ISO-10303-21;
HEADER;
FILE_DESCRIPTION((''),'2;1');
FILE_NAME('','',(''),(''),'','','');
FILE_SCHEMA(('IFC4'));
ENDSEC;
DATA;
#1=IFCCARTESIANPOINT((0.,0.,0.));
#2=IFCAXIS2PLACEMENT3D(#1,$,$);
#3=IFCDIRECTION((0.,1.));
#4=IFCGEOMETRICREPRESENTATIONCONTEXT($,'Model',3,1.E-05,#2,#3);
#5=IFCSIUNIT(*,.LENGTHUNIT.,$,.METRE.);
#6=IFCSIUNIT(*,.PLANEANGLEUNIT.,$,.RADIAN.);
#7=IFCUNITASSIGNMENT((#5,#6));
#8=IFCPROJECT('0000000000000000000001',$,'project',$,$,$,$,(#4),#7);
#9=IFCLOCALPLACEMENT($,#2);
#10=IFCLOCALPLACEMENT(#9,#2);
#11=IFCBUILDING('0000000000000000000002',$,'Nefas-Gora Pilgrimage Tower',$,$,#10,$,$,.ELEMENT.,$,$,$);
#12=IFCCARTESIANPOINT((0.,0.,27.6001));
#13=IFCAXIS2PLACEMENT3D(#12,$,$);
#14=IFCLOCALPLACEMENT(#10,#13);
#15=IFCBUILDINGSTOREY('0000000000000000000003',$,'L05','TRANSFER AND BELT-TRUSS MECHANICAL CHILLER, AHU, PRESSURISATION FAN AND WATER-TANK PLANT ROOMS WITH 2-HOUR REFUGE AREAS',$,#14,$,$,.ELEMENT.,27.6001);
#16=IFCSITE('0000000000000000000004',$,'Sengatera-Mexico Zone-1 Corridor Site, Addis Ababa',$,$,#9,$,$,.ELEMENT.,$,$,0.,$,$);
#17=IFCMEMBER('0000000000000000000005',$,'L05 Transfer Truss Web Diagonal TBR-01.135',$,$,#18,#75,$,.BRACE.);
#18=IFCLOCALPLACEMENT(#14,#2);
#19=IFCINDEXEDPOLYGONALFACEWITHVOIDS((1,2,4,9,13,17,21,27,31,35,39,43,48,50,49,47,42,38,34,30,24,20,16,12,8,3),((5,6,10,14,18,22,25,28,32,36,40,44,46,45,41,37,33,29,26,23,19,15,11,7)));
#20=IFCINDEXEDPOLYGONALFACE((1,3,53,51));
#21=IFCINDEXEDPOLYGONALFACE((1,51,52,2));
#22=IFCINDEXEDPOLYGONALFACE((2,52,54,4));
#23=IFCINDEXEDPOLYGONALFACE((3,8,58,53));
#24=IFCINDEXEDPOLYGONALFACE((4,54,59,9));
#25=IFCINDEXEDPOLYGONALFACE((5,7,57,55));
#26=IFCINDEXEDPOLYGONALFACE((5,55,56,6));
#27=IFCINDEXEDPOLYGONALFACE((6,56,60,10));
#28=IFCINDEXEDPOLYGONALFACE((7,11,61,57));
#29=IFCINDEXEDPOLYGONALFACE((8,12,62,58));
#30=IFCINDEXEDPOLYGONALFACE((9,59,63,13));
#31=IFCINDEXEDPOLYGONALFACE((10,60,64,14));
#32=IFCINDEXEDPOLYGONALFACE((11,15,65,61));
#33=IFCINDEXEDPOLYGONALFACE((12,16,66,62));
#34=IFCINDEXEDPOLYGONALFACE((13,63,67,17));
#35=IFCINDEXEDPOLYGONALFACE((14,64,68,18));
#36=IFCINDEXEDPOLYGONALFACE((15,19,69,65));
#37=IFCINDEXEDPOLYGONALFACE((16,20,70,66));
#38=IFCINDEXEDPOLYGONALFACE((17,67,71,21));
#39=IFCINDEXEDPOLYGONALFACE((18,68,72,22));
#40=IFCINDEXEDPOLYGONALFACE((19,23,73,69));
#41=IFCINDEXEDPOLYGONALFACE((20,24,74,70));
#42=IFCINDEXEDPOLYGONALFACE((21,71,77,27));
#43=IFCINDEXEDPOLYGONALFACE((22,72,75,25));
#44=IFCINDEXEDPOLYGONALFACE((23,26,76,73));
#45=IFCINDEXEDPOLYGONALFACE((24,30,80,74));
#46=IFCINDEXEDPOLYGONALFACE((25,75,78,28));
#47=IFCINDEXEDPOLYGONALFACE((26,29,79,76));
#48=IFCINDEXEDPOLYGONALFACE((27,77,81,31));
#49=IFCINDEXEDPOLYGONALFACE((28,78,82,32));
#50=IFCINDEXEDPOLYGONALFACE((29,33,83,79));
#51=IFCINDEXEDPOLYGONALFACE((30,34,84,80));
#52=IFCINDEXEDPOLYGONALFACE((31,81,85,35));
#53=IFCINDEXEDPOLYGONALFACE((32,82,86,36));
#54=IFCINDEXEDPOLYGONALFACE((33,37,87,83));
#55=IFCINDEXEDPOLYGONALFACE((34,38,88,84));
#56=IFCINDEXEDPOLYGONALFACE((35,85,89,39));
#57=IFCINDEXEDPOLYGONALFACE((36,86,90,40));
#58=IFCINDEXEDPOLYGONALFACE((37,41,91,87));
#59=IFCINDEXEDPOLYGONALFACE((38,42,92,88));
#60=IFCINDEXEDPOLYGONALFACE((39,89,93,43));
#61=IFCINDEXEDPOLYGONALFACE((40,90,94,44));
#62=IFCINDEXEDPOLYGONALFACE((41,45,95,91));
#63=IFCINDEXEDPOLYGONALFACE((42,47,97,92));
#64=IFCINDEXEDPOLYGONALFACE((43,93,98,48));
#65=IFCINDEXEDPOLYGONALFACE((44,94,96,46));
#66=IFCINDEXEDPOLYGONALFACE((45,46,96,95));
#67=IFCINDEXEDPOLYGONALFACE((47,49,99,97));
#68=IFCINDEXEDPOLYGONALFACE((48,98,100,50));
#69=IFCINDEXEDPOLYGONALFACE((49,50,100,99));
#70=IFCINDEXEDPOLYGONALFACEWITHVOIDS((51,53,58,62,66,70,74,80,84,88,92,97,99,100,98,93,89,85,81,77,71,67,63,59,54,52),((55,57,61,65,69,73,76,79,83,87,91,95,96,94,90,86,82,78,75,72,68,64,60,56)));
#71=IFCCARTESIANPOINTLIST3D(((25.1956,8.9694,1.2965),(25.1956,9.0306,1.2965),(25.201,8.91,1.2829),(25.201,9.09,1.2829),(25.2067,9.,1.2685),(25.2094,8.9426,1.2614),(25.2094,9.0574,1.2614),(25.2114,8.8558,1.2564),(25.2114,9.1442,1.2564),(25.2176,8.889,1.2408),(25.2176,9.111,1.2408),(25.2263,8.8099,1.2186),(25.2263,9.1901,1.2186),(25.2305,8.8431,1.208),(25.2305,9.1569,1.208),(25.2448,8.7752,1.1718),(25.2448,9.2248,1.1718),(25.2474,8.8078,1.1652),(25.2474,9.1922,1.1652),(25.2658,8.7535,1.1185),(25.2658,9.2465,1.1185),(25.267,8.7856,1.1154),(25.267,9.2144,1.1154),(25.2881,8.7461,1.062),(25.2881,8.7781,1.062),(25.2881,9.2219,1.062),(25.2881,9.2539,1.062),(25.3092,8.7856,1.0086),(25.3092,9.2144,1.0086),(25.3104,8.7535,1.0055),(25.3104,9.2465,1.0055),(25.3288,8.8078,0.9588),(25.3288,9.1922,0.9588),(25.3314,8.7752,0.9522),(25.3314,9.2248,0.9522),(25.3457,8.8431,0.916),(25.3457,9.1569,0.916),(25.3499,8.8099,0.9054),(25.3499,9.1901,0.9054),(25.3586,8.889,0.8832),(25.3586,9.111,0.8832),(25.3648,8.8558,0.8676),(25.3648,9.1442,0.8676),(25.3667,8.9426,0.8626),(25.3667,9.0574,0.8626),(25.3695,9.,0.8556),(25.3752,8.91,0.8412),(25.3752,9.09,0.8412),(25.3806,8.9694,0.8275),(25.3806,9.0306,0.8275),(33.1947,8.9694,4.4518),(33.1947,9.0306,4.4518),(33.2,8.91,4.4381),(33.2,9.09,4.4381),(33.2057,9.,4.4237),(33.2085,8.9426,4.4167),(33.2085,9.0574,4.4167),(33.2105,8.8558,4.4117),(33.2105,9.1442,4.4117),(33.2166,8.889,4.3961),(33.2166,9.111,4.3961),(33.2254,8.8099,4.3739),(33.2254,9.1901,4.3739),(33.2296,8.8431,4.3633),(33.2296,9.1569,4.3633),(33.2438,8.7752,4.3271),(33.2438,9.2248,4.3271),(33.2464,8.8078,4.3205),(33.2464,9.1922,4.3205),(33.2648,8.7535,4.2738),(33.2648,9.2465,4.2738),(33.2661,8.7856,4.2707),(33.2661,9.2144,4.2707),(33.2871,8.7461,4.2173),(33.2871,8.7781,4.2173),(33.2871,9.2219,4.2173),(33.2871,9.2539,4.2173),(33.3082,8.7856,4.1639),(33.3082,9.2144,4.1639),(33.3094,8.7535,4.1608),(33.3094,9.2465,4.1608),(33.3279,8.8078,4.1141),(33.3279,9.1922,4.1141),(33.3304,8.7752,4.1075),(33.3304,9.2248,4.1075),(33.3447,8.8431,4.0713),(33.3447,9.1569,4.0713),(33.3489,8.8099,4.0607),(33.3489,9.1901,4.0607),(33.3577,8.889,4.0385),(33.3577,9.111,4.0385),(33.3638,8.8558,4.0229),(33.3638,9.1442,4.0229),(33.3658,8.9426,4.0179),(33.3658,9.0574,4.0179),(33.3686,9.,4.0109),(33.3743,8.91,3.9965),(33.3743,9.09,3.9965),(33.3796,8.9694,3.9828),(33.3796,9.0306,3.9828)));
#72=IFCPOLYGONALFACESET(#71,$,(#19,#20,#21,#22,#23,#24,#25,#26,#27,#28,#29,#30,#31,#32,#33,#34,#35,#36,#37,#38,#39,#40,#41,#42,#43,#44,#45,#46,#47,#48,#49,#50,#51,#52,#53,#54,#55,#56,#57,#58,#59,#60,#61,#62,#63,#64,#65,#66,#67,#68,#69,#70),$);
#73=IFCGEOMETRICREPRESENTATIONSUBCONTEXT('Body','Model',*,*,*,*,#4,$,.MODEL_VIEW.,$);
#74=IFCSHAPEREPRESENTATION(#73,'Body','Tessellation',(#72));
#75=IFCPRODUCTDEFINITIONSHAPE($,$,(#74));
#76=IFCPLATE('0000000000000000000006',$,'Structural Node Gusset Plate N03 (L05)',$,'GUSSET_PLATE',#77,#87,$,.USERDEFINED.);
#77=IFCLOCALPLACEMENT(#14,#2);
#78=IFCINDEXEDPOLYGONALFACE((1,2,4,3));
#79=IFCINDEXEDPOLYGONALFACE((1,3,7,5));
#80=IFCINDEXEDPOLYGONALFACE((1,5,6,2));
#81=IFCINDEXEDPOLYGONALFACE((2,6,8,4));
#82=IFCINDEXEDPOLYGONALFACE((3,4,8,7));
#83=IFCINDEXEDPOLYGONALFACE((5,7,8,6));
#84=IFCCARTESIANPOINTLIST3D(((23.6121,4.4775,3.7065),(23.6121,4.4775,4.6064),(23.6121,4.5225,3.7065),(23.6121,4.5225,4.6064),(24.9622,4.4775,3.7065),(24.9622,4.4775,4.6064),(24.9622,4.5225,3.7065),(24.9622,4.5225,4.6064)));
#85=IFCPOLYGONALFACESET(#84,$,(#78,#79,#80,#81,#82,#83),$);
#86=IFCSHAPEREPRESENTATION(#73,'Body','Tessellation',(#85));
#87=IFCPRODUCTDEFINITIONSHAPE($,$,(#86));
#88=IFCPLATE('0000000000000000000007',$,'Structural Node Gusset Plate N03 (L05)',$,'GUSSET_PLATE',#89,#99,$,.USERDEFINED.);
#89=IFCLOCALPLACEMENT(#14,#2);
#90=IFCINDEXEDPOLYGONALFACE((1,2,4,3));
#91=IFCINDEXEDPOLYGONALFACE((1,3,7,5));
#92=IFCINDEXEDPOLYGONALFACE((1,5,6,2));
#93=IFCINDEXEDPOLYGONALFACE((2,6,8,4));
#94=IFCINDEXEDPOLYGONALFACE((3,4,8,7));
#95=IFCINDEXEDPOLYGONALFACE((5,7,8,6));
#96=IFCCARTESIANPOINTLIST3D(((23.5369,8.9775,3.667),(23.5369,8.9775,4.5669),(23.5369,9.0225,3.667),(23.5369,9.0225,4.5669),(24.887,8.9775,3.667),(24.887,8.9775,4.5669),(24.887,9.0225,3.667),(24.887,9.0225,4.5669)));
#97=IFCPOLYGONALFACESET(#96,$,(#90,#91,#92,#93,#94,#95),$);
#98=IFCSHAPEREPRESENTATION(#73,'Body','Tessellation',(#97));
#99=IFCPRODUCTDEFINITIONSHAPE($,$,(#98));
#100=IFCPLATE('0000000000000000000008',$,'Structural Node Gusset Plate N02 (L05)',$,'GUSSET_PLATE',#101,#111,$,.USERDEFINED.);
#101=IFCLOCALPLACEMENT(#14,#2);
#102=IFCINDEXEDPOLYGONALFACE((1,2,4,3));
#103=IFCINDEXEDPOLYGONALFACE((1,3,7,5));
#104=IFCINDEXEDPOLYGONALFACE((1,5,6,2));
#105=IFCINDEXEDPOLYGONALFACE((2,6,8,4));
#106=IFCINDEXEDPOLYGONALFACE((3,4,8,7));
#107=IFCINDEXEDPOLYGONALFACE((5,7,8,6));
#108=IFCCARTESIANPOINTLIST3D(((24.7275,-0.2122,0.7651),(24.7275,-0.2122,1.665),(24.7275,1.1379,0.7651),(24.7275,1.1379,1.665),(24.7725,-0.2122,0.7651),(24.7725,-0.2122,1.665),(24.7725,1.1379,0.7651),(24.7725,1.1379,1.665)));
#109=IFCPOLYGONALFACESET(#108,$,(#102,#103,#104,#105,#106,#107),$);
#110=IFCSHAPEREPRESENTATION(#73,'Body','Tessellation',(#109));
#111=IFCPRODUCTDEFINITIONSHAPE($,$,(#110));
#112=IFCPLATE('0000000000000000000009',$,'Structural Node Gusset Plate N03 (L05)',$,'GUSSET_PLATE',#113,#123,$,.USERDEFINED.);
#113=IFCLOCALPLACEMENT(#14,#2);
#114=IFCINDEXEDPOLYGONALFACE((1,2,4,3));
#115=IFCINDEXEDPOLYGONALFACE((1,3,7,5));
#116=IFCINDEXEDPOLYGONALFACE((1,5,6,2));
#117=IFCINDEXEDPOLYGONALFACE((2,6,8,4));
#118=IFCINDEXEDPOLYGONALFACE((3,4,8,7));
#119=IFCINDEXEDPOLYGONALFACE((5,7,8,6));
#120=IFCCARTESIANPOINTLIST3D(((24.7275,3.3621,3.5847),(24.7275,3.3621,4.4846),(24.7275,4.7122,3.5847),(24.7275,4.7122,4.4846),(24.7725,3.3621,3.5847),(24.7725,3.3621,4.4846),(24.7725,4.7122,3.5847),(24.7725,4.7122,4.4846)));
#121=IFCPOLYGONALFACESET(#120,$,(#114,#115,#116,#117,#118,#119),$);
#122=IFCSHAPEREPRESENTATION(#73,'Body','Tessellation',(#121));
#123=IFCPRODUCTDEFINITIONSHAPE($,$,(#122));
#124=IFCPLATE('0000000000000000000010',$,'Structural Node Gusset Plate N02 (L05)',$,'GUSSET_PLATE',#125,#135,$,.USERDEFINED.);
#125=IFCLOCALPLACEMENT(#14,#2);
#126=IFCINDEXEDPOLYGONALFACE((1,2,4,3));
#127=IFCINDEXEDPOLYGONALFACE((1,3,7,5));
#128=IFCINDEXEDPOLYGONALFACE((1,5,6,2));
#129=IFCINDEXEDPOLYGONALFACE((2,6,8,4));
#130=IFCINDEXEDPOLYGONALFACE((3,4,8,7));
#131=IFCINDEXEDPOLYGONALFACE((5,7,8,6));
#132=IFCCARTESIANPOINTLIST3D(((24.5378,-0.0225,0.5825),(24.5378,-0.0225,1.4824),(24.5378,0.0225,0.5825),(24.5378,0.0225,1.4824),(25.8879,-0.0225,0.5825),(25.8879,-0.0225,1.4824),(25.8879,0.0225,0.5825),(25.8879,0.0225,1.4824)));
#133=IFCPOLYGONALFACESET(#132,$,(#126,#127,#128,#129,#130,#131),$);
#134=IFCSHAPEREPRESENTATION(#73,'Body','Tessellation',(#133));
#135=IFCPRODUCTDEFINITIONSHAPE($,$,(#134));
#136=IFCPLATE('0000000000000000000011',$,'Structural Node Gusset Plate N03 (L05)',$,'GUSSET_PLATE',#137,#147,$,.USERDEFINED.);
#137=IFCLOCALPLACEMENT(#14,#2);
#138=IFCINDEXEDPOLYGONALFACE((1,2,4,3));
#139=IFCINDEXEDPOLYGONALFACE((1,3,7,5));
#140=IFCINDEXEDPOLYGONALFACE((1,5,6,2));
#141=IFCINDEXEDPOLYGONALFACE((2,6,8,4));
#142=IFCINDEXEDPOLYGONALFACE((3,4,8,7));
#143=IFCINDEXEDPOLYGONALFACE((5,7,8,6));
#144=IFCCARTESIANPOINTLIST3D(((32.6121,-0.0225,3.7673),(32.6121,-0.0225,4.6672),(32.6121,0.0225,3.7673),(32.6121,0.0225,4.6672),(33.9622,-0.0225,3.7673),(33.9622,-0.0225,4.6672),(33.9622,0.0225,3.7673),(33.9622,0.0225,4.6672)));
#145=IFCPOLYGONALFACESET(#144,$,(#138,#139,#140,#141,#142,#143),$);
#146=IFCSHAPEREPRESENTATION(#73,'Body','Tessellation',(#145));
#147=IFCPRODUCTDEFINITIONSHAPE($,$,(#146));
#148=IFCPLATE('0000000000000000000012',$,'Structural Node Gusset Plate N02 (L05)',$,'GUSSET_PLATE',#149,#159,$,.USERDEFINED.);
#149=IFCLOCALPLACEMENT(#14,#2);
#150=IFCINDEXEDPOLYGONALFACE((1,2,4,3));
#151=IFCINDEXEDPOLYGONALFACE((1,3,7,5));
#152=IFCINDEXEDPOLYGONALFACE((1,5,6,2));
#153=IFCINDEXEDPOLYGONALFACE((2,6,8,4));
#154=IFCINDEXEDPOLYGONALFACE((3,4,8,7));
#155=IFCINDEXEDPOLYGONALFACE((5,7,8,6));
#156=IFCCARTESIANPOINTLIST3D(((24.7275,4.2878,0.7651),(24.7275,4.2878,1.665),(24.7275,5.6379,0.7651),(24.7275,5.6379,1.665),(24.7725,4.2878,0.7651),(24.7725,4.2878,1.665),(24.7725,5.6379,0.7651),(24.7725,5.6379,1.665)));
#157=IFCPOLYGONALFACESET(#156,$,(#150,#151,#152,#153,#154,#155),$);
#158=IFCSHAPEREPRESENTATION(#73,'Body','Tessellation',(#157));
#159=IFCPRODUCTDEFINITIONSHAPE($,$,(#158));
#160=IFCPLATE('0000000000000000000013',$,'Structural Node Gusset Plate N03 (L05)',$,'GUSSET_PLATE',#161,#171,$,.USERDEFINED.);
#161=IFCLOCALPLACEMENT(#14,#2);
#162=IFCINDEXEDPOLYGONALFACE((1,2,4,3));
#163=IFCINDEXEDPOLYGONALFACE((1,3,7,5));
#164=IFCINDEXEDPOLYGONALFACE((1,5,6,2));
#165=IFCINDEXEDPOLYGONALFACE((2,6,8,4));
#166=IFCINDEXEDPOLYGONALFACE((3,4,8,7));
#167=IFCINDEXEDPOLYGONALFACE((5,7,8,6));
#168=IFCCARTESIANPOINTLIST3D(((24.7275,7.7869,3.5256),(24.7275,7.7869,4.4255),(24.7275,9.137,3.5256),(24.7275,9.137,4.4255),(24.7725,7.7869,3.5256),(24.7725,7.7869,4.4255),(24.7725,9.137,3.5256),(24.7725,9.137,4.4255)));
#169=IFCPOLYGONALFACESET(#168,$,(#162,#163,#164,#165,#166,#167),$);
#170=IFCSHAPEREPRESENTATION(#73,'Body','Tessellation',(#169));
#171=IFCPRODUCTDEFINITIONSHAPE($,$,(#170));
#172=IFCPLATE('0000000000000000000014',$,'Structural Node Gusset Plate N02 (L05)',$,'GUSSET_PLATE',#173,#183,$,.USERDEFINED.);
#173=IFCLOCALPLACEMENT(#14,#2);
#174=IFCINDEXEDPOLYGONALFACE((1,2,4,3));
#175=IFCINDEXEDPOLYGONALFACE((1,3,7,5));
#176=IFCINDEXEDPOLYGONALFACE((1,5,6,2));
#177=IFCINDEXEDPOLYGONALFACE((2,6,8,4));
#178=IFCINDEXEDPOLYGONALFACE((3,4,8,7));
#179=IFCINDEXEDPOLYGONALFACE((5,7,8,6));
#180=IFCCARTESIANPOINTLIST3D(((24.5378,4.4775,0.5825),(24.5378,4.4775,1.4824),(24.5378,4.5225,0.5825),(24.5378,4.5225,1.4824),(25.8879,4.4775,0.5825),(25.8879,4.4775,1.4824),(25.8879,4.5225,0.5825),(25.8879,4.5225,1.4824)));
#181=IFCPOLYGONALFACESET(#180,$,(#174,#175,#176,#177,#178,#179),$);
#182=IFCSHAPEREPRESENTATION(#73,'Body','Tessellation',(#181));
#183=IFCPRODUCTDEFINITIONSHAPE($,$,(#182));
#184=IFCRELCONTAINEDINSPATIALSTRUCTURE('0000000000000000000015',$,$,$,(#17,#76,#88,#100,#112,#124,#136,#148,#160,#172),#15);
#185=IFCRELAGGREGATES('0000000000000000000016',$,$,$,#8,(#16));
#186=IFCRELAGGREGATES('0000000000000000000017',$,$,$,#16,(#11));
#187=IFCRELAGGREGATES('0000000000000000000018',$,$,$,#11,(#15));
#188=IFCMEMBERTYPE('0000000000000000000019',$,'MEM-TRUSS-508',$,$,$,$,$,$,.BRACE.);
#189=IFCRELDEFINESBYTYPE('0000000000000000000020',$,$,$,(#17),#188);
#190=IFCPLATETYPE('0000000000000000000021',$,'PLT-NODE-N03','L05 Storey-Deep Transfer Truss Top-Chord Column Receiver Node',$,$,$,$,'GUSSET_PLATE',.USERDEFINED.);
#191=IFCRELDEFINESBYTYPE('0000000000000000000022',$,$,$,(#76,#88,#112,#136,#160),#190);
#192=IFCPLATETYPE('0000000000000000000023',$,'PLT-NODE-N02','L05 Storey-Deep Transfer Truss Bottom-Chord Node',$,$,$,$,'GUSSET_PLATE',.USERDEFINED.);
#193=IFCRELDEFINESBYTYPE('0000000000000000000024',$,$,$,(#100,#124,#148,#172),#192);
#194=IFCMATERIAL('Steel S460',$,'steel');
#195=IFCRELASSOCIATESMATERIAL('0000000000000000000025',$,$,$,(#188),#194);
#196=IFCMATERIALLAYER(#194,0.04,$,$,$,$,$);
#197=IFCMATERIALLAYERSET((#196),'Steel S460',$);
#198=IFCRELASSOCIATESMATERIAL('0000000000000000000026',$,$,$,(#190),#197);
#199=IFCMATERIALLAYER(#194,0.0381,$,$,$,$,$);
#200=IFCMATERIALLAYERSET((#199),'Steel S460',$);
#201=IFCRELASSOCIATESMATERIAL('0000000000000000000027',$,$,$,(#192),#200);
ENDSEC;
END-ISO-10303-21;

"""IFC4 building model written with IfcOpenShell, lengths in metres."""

from ifc_helpers import new_model, si_unit, direction, frame, origin, origin_2d, place, context, subcontext, project, spatial, rectangle, hollow_circle, extrude, source, transform, mapped, material, layer, layer_set, material_profile, profile_set, type_object, element, save


model = new_model("IFC4")

# Units and contexts
model_context = context("Model", 3, precision=1e-05, world=origin(), true_north=direction((0.0, 1.0)))
body_context = subcontext(model_context, "Body", "Model", "MODEL_VIEW")
ifc_project = project(units=[si_unit("LENGTHUNIT", "METRE"), si_unit("PLANEANGLEUNIT", "RADIAN")], contexts=[model_context])

# Site, building, storey
site_placement = place(None, origin())
site = spatial("IfcSite", under=ifc_project, at=site_placement, Name="Sengatera-Mexico Zone-1 Corridor Site, Addis Ababa", CompositionType="ELEMENT", RefElevation=0.0)
building_placement = place(site_placement, origin())
building = spatial("IfcBuilding", under=site, at=building_placement, Name="Nefas-Gora Pilgrimage Tower", CompositionType="ELEMENT")
storey_placement = place(building_placement, frame((0.0, 0.0, 27.6001)))
storey = spatial("IfcBuildingStorey", under=building, at=storey_placement, Name="L05", Description="TRANSFER AND BELT-TRUSS MECHANICAL CHILLER, AHU, PRESSURISATION FAN AND WATER-TANK PLANT ROOMS WITH 2-HOUR REFUGE AREAS", CompositionType="ELEMENT", Elevation=27.6001)

# Shared definitions
ifc_material = material(Name="Steel S460", Category="steel")

# Shared definitions
ifc_material_profile_1 = material_profile(ifc_material, hollow_circle(Radius=0.2539, WallThickness=0.032, at=origin_2d()), Name="CHS 508x32")
ifc_profile_set_1 = profile_set([ifc_material_profile_1], Name="Steel S460")
member_type = type_object("IfcMemberType", Name="MEM-TRUSS-508", PredefinedType="BRACE", material=ifc_profile_set_1)

# Member
shared_shape_1 = source(origin(), body_context, "Body", "SweptSolid", [
    extrude(hollow_circle(Radius=0.2539, WallThickness=0.032, at=origin_2d()), origin(), (0.0, 0.0, 1.0), 8.5989),
])
member_1_placement = place(storey_placement, frame((25.2881, 9.0, 1.062), z_axis=(0.930244, 0.0, 0.366942), x_axis=(0.0, 1.0, 0.0)))
element("IfcMember", 1, at=member_1_placement, inside=storey, type_object=member_type, Name="L05 Transfer Truss Web Diagonal TBR-01.135", PredefinedType="BRACE", context=body_context, shape_type="MappedRepresentation", body=[
    mapped(shared_shape_1, transform((0.0, 0.0, 0.0), x_axis=(1.0, 0.0, 0.0), y_axis=(0.0, 1.0, 0.0), z_axis=(0.0, 0.0, 1.0), scale=1.0)),
])

# Plates
ifc_layer_1 = layer(ifc_material, 0.04)
ifc_layer_set_1 = layer_set([ifc_layer_1], Name="Steel S460")
plate_type_1 = type_object("IfcPlateType", Name="PLT-NODE-N03", Description="L05 Storey-Deep Transfer Truss Top-Chord Column Receiver Node", ElementType="GUSSET_PLATE", PredefinedType="USERDEFINED", material=ifc_layer_set_1)
shared_shape_2 = source(origin(), body_context, "Body", "SweptSolid", [
    extrude(rectangle(XDim=1.3501, YDim=0.0449, at=origin_2d()), origin(), (0.0, 0.0, 1.0), 0.8999),
])
for number, where, z_axis, x_axis, name in (
    (2, (24.2871, 4.5, 3.7065), (0.0, 0.0, 1.0), (1.0, 0.0, 0.0), "Structural Node Gusset Plate N03 (L05)"),
    (3, (24.2119, 9.0, 3.667), (0.0, 0.0, 1.0), (1.0, 0.0, 0.0), "Structural Node Gusset Plate N03 (L05)"),
):
    element("IfcPlate", number, at=place(storey_placement, frame(where, z_axis=z_axis, x_axis=x_axis)), inside=storey, type_object=plate_type_1, Name=name, ObjectType="GUSSET_PLATE", PredefinedType="USERDEFINED", context=body_context, shape_type="MappedRepresentation", body=[
        mapped(shared_shape_2, transform((0.0, 0.0, 0.0), x_axis=(1.0, 0.0, 0.0), y_axis=(0.0, 1.0, 0.0), z_axis=(0.0, 0.0, 1.0), scale=1.0)),
    ])
ifc_layer_2 = layer(ifc_material, 0.0381)
ifc_layer_set_2 = layer_set([ifc_layer_2], Name="Steel S460")
plate_type_2 = type_object("IfcPlateType", Name="PLT-NODE-N02", Description="L05 Storey-Deep Transfer Truss Bottom-Chord Node", ElementType="GUSSET_PLATE", PredefinedType="USERDEFINED", material=ifc_layer_set_2)
plate_1_placement = place(storey_placement, frame((24.75, 0.4629, 0.7651), z_axis=(0.0, 0.0, 1.0), x_axis=(0.0, 1.0, 0.0)))
element("IfcPlate", 4, at=plate_1_placement, inside=storey, type_object=plate_type_2, Name="Structural Node Gusset Plate N02 (L05)", ObjectType="GUSSET_PLATE", PredefinedType="USERDEFINED", context=body_context, shape_type="MappedRepresentation", body=[
    mapped(shared_shape_2, transform((0.0, 0.0, 0.0), x_axis=(1.0, 0.0, 0.0), y_axis=(0.0, 1.0, 0.0), z_axis=(0.0, 0.0, 1.0), scale=1.0)),
])
plate_2_placement = place(storey_placement, frame((24.75, 4.0371, 3.5847), z_axis=(0.0, 0.0, 1.0), x_axis=(0.0, 1.0, 0.0)))
element("IfcPlate", 5, at=plate_2_placement, inside=storey, type_object=plate_type_1, Name="Structural Node Gusset Plate N03 (L05)", ObjectType="GUSSET_PLATE", PredefinedType="USERDEFINED", context=body_context, shape_type="MappedRepresentation", body=[
    mapped(shared_shape_2, transform((0.0, 0.0, 0.0), x_axis=(1.0, 0.0, 0.0), y_axis=(0.0, 1.0, 0.0), z_axis=(0.0, 0.0, 1.0), scale=1.0)),
])
plate_3_placement = place(storey_placement, frame((25.2129, 0.0, 0.5825), z_axis=(0.0, 0.0, 1.0), x_axis=(1.0, 0.0, 0.0)))
element("IfcPlate", 6, at=plate_3_placement, inside=storey, type_object=plate_type_2, Name="Structural Node Gusset Plate N02 (L05)", ObjectType="GUSSET_PLATE", PredefinedType="USERDEFINED", context=body_context, shape_type="MappedRepresentation", body=[
    mapped(shared_shape_2, transform((0.0, 0.0, 0.0), x_axis=(1.0, 0.0, 0.0), y_axis=(0.0, 1.0, 0.0), z_axis=(0.0, 0.0, 1.0), scale=1.0)),
])
plate_4_placement = place(storey_placement, frame((33.2871, 0.0, 3.7673), z_axis=(0.0, 0.0, 1.0), x_axis=(1.0, 0.0, 0.0)))
element("IfcPlate", 7, at=plate_4_placement, inside=storey, type_object=plate_type_1, Name="Structural Node Gusset Plate N03 (L05)", ObjectType="GUSSET_PLATE", PredefinedType="USERDEFINED", context=body_context, shape_type="MappedRepresentation", body=[
    mapped(shared_shape_2, transform((0.0, 0.0, 0.0), x_axis=(1.0, 0.0, 0.0), y_axis=(0.0, 1.0, 0.0), z_axis=(0.0, 0.0, 1.0), scale=1.0)),
])
plate_5_placement = place(storey_placement, frame((24.75, 4.9629, 0.7651), z_axis=(0.0, 0.0, 1.0), x_axis=(0.0, 1.0, 0.0)))
element("IfcPlate", 8, at=plate_5_placement, inside=storey, type_object=plate_type_2, Name="Structural Node Gusset Plate N02 (L05)", ObjectType="GUSSET_PLATE", PredefinedType="USERDEFINED", context=body_context, shape_type="MappedRepresentation", body=[
    mapped(shared_shape_2, transform((0.0, 0.0, 0.0), x_axis=(1.0, 0.0, 0.0), y_axis=(0.0, 1.0, 0.0), z_axis=(0.0, 0.0, 1.0), scale=1.0)),
])
plate_6_placement = place(storey_placement, frame((24.75, 8.4619, 3.5256), z_axis=(0.0, 0.0, 1.0), x_axis=(0.0, 1.0, 0.0)))
element("IfcPlate", 9, at=plate_6_placement, inside=storey, type_object=plate_type_1, Name="Structural Node Gusset Plate N03 (L05)", ObjectType="GUSSET_PLATE", PredefinedType="USERDEFINED", context=body_context, shape_type="MappedRepresentation", body=[
    mapped(shared_shape_2, transform((0.0, 0.0, 0.0), x_axis=(1.0, 0.0, 0.0), y_axis=(0.0, 1.0, 0.0), z_axis=(0.0, 0.0, 1.0), scale=1.0)),
])
plate_7_placement = place(storey_placement, frame((25.2129, 4.5, 0.5825), z_axis=(0.0, 0.0, 1.0), x_axis=(1.0, 0.0, 0.0)))
element("IfcPlate", 10, at=plate_7_placement, inside=storey, type_object=plate_type_2, Name="Structural Node Gusset Plate N02 (L05)", ObjectType="GUSSET_PLATE", PredefinedType="USERDEFINED", context=body_context, shape_type="MappedRepresentation", body=[
    mapped(shared_shape_2, transform((0.0, 0.0, 0.0), x_axis=(1.0, 0.0, 0.0), y_axis=(0.0, 1.0, 0.0), z_axis=(0.0, 0.0, 1.0), scale=1.0)),
])

save(model, "model.ifc")
